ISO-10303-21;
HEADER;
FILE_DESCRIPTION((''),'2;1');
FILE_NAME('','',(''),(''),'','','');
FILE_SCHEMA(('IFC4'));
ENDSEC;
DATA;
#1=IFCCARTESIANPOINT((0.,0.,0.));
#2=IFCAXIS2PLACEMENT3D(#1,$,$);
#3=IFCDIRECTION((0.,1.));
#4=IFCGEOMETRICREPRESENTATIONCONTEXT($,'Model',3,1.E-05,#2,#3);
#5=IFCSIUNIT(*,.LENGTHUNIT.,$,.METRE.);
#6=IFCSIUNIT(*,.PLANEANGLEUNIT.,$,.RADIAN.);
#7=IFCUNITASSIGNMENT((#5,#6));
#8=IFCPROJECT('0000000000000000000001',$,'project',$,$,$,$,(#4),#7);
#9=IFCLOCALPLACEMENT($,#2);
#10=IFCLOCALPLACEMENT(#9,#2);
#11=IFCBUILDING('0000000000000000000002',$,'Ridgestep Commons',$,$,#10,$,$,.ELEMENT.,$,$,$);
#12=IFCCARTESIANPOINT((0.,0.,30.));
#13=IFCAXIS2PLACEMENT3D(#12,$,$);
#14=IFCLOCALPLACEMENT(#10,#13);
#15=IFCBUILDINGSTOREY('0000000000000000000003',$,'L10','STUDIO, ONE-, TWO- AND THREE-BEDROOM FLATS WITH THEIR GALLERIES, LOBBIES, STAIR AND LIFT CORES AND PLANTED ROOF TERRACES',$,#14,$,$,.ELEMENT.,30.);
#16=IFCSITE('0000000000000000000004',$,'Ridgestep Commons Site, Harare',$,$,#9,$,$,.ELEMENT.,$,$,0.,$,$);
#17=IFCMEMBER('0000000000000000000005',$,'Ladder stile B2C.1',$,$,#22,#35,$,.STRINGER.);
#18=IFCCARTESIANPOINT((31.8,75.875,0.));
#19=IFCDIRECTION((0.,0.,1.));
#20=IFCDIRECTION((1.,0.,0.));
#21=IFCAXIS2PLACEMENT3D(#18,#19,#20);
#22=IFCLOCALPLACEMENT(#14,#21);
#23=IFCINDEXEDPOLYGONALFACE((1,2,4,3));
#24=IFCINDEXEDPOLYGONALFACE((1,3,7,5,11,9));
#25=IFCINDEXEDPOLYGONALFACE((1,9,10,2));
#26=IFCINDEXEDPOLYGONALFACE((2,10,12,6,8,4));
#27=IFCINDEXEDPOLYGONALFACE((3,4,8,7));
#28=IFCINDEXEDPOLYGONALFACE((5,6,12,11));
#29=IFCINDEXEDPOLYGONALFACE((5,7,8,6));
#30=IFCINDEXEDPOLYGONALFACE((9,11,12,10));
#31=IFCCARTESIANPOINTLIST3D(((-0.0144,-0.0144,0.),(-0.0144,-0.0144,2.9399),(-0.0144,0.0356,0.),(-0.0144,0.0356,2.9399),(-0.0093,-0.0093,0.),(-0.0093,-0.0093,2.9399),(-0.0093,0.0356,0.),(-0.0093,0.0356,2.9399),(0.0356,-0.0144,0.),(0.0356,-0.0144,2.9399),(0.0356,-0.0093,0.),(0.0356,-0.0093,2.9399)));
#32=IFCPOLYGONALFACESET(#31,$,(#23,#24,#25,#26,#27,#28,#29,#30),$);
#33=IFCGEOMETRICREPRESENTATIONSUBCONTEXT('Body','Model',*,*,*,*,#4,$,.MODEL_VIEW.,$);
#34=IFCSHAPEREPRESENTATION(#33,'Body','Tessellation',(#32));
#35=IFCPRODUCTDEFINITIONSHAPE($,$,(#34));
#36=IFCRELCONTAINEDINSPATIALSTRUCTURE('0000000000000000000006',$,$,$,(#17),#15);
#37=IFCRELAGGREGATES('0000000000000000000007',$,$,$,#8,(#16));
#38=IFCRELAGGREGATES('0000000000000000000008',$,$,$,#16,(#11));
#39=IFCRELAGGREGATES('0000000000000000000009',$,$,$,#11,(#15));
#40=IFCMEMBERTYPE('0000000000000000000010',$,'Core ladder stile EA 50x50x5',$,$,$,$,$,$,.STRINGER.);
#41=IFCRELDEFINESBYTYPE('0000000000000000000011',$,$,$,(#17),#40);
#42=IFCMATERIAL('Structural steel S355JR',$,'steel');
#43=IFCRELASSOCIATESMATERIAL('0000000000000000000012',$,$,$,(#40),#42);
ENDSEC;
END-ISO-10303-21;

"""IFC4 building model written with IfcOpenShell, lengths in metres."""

from ifc_helpers import new_model, si_unit, direction, frame, origin, place, context, subcontext, project, spatial, polyline, outline, extrude, material, material_profile, profile_set, type_object, element, save


model = new_model("IFC4")

# Units and contexts
model_context = context("Model", 3, precision=1e-05, world=origin(), true_north=direction((0.0, 1.0)))
body_context = subcontext(model_context, "Body", "Model", "MODEL_VIEW")
ifc_project = project(units=[si_unit("LENGTHUNIT", "METRE"), si_unit("PLANEANGLEUNIT", "RADIAN")], contexts=[model_context])

# Site, building, storey
site_placement = place(None, origin())
site = spatial("IfcSite", under=ifc_project, at=site_placement, Name="Ridgestep Commons Site, Harare", CompositionType="ELEMENT", RefElevation=0.0)
building_placement = place(site_placement, origin())
building = spatial("IfcBuilding", under=site, at=building_placement, Name="Ridgestep Commons", CompositionType="ELEMENT")
storey_placement = place(building_placement, frame((0.0, 0.0, 30.0)))
storey = spatial("IfcBuildingStorey", under=building, at=storey_placement, Name="L10", Description="STUDIO, ONE-, TWO- AND THREE-BEDROOM FLATS WITH THEIR GALLERIES, LOBBIES, STAIR AND LIFT CORES AND PLANTED ROOF TERRACES", CompositionType="ELEMENT", Elevation=30.0)

# Member
ifc_material_1 = material(Name="Structural steel S355JR", Category="steel")
ifc_material_profile_1 = material_profile(ifc_material_1, outline(polyline([(-0.0144, -0.0144), (0.0356, -0.0144), (0.0356, -0.0093), (-0.0093, -0.0093), (-0.0093, 0.0356), (-0.0144, 0.0356), (-0.0144, -0.0144)])), Name="EA 50x50x5")
ifc_profile_set_1 = profile_set([ifc_material_profile_1], Name="Structural steel S355JR")
member_type_1 = type_object("IfcMemberType", Name="Core ladder stile EA 50x50x5", PredefinedType="STRINGER", material=ifc_profile_set_1)
member_1_placement = place(storey_placement, frame((31.8, 75.875, 0.0), z_axis=(0.0, 0.0, 1.0), x_axis=(1.0, 0.0, 0.0)))
element("IfcMember", 1, at=member_1_placement, inside=storey, type_object=member_type_1, Name="Ladder stile B2C.1", PredefinedType="STRINGER", context=body_context, shape_type="SweptSolid", body=[
    extrude(outline(polyline([(-0.0144, -0.0144), (0.0356, -0.0144), (0.0356, -0.0093), (-0.0093, -0.0093), (-0.0093, 0.0356), (-0.0144, 0.0356), (-0.0144, -0.0144)])), origin(), (0.0, 0.0, 1.0), 2.9399),
])

save(model, "model.ifc")
